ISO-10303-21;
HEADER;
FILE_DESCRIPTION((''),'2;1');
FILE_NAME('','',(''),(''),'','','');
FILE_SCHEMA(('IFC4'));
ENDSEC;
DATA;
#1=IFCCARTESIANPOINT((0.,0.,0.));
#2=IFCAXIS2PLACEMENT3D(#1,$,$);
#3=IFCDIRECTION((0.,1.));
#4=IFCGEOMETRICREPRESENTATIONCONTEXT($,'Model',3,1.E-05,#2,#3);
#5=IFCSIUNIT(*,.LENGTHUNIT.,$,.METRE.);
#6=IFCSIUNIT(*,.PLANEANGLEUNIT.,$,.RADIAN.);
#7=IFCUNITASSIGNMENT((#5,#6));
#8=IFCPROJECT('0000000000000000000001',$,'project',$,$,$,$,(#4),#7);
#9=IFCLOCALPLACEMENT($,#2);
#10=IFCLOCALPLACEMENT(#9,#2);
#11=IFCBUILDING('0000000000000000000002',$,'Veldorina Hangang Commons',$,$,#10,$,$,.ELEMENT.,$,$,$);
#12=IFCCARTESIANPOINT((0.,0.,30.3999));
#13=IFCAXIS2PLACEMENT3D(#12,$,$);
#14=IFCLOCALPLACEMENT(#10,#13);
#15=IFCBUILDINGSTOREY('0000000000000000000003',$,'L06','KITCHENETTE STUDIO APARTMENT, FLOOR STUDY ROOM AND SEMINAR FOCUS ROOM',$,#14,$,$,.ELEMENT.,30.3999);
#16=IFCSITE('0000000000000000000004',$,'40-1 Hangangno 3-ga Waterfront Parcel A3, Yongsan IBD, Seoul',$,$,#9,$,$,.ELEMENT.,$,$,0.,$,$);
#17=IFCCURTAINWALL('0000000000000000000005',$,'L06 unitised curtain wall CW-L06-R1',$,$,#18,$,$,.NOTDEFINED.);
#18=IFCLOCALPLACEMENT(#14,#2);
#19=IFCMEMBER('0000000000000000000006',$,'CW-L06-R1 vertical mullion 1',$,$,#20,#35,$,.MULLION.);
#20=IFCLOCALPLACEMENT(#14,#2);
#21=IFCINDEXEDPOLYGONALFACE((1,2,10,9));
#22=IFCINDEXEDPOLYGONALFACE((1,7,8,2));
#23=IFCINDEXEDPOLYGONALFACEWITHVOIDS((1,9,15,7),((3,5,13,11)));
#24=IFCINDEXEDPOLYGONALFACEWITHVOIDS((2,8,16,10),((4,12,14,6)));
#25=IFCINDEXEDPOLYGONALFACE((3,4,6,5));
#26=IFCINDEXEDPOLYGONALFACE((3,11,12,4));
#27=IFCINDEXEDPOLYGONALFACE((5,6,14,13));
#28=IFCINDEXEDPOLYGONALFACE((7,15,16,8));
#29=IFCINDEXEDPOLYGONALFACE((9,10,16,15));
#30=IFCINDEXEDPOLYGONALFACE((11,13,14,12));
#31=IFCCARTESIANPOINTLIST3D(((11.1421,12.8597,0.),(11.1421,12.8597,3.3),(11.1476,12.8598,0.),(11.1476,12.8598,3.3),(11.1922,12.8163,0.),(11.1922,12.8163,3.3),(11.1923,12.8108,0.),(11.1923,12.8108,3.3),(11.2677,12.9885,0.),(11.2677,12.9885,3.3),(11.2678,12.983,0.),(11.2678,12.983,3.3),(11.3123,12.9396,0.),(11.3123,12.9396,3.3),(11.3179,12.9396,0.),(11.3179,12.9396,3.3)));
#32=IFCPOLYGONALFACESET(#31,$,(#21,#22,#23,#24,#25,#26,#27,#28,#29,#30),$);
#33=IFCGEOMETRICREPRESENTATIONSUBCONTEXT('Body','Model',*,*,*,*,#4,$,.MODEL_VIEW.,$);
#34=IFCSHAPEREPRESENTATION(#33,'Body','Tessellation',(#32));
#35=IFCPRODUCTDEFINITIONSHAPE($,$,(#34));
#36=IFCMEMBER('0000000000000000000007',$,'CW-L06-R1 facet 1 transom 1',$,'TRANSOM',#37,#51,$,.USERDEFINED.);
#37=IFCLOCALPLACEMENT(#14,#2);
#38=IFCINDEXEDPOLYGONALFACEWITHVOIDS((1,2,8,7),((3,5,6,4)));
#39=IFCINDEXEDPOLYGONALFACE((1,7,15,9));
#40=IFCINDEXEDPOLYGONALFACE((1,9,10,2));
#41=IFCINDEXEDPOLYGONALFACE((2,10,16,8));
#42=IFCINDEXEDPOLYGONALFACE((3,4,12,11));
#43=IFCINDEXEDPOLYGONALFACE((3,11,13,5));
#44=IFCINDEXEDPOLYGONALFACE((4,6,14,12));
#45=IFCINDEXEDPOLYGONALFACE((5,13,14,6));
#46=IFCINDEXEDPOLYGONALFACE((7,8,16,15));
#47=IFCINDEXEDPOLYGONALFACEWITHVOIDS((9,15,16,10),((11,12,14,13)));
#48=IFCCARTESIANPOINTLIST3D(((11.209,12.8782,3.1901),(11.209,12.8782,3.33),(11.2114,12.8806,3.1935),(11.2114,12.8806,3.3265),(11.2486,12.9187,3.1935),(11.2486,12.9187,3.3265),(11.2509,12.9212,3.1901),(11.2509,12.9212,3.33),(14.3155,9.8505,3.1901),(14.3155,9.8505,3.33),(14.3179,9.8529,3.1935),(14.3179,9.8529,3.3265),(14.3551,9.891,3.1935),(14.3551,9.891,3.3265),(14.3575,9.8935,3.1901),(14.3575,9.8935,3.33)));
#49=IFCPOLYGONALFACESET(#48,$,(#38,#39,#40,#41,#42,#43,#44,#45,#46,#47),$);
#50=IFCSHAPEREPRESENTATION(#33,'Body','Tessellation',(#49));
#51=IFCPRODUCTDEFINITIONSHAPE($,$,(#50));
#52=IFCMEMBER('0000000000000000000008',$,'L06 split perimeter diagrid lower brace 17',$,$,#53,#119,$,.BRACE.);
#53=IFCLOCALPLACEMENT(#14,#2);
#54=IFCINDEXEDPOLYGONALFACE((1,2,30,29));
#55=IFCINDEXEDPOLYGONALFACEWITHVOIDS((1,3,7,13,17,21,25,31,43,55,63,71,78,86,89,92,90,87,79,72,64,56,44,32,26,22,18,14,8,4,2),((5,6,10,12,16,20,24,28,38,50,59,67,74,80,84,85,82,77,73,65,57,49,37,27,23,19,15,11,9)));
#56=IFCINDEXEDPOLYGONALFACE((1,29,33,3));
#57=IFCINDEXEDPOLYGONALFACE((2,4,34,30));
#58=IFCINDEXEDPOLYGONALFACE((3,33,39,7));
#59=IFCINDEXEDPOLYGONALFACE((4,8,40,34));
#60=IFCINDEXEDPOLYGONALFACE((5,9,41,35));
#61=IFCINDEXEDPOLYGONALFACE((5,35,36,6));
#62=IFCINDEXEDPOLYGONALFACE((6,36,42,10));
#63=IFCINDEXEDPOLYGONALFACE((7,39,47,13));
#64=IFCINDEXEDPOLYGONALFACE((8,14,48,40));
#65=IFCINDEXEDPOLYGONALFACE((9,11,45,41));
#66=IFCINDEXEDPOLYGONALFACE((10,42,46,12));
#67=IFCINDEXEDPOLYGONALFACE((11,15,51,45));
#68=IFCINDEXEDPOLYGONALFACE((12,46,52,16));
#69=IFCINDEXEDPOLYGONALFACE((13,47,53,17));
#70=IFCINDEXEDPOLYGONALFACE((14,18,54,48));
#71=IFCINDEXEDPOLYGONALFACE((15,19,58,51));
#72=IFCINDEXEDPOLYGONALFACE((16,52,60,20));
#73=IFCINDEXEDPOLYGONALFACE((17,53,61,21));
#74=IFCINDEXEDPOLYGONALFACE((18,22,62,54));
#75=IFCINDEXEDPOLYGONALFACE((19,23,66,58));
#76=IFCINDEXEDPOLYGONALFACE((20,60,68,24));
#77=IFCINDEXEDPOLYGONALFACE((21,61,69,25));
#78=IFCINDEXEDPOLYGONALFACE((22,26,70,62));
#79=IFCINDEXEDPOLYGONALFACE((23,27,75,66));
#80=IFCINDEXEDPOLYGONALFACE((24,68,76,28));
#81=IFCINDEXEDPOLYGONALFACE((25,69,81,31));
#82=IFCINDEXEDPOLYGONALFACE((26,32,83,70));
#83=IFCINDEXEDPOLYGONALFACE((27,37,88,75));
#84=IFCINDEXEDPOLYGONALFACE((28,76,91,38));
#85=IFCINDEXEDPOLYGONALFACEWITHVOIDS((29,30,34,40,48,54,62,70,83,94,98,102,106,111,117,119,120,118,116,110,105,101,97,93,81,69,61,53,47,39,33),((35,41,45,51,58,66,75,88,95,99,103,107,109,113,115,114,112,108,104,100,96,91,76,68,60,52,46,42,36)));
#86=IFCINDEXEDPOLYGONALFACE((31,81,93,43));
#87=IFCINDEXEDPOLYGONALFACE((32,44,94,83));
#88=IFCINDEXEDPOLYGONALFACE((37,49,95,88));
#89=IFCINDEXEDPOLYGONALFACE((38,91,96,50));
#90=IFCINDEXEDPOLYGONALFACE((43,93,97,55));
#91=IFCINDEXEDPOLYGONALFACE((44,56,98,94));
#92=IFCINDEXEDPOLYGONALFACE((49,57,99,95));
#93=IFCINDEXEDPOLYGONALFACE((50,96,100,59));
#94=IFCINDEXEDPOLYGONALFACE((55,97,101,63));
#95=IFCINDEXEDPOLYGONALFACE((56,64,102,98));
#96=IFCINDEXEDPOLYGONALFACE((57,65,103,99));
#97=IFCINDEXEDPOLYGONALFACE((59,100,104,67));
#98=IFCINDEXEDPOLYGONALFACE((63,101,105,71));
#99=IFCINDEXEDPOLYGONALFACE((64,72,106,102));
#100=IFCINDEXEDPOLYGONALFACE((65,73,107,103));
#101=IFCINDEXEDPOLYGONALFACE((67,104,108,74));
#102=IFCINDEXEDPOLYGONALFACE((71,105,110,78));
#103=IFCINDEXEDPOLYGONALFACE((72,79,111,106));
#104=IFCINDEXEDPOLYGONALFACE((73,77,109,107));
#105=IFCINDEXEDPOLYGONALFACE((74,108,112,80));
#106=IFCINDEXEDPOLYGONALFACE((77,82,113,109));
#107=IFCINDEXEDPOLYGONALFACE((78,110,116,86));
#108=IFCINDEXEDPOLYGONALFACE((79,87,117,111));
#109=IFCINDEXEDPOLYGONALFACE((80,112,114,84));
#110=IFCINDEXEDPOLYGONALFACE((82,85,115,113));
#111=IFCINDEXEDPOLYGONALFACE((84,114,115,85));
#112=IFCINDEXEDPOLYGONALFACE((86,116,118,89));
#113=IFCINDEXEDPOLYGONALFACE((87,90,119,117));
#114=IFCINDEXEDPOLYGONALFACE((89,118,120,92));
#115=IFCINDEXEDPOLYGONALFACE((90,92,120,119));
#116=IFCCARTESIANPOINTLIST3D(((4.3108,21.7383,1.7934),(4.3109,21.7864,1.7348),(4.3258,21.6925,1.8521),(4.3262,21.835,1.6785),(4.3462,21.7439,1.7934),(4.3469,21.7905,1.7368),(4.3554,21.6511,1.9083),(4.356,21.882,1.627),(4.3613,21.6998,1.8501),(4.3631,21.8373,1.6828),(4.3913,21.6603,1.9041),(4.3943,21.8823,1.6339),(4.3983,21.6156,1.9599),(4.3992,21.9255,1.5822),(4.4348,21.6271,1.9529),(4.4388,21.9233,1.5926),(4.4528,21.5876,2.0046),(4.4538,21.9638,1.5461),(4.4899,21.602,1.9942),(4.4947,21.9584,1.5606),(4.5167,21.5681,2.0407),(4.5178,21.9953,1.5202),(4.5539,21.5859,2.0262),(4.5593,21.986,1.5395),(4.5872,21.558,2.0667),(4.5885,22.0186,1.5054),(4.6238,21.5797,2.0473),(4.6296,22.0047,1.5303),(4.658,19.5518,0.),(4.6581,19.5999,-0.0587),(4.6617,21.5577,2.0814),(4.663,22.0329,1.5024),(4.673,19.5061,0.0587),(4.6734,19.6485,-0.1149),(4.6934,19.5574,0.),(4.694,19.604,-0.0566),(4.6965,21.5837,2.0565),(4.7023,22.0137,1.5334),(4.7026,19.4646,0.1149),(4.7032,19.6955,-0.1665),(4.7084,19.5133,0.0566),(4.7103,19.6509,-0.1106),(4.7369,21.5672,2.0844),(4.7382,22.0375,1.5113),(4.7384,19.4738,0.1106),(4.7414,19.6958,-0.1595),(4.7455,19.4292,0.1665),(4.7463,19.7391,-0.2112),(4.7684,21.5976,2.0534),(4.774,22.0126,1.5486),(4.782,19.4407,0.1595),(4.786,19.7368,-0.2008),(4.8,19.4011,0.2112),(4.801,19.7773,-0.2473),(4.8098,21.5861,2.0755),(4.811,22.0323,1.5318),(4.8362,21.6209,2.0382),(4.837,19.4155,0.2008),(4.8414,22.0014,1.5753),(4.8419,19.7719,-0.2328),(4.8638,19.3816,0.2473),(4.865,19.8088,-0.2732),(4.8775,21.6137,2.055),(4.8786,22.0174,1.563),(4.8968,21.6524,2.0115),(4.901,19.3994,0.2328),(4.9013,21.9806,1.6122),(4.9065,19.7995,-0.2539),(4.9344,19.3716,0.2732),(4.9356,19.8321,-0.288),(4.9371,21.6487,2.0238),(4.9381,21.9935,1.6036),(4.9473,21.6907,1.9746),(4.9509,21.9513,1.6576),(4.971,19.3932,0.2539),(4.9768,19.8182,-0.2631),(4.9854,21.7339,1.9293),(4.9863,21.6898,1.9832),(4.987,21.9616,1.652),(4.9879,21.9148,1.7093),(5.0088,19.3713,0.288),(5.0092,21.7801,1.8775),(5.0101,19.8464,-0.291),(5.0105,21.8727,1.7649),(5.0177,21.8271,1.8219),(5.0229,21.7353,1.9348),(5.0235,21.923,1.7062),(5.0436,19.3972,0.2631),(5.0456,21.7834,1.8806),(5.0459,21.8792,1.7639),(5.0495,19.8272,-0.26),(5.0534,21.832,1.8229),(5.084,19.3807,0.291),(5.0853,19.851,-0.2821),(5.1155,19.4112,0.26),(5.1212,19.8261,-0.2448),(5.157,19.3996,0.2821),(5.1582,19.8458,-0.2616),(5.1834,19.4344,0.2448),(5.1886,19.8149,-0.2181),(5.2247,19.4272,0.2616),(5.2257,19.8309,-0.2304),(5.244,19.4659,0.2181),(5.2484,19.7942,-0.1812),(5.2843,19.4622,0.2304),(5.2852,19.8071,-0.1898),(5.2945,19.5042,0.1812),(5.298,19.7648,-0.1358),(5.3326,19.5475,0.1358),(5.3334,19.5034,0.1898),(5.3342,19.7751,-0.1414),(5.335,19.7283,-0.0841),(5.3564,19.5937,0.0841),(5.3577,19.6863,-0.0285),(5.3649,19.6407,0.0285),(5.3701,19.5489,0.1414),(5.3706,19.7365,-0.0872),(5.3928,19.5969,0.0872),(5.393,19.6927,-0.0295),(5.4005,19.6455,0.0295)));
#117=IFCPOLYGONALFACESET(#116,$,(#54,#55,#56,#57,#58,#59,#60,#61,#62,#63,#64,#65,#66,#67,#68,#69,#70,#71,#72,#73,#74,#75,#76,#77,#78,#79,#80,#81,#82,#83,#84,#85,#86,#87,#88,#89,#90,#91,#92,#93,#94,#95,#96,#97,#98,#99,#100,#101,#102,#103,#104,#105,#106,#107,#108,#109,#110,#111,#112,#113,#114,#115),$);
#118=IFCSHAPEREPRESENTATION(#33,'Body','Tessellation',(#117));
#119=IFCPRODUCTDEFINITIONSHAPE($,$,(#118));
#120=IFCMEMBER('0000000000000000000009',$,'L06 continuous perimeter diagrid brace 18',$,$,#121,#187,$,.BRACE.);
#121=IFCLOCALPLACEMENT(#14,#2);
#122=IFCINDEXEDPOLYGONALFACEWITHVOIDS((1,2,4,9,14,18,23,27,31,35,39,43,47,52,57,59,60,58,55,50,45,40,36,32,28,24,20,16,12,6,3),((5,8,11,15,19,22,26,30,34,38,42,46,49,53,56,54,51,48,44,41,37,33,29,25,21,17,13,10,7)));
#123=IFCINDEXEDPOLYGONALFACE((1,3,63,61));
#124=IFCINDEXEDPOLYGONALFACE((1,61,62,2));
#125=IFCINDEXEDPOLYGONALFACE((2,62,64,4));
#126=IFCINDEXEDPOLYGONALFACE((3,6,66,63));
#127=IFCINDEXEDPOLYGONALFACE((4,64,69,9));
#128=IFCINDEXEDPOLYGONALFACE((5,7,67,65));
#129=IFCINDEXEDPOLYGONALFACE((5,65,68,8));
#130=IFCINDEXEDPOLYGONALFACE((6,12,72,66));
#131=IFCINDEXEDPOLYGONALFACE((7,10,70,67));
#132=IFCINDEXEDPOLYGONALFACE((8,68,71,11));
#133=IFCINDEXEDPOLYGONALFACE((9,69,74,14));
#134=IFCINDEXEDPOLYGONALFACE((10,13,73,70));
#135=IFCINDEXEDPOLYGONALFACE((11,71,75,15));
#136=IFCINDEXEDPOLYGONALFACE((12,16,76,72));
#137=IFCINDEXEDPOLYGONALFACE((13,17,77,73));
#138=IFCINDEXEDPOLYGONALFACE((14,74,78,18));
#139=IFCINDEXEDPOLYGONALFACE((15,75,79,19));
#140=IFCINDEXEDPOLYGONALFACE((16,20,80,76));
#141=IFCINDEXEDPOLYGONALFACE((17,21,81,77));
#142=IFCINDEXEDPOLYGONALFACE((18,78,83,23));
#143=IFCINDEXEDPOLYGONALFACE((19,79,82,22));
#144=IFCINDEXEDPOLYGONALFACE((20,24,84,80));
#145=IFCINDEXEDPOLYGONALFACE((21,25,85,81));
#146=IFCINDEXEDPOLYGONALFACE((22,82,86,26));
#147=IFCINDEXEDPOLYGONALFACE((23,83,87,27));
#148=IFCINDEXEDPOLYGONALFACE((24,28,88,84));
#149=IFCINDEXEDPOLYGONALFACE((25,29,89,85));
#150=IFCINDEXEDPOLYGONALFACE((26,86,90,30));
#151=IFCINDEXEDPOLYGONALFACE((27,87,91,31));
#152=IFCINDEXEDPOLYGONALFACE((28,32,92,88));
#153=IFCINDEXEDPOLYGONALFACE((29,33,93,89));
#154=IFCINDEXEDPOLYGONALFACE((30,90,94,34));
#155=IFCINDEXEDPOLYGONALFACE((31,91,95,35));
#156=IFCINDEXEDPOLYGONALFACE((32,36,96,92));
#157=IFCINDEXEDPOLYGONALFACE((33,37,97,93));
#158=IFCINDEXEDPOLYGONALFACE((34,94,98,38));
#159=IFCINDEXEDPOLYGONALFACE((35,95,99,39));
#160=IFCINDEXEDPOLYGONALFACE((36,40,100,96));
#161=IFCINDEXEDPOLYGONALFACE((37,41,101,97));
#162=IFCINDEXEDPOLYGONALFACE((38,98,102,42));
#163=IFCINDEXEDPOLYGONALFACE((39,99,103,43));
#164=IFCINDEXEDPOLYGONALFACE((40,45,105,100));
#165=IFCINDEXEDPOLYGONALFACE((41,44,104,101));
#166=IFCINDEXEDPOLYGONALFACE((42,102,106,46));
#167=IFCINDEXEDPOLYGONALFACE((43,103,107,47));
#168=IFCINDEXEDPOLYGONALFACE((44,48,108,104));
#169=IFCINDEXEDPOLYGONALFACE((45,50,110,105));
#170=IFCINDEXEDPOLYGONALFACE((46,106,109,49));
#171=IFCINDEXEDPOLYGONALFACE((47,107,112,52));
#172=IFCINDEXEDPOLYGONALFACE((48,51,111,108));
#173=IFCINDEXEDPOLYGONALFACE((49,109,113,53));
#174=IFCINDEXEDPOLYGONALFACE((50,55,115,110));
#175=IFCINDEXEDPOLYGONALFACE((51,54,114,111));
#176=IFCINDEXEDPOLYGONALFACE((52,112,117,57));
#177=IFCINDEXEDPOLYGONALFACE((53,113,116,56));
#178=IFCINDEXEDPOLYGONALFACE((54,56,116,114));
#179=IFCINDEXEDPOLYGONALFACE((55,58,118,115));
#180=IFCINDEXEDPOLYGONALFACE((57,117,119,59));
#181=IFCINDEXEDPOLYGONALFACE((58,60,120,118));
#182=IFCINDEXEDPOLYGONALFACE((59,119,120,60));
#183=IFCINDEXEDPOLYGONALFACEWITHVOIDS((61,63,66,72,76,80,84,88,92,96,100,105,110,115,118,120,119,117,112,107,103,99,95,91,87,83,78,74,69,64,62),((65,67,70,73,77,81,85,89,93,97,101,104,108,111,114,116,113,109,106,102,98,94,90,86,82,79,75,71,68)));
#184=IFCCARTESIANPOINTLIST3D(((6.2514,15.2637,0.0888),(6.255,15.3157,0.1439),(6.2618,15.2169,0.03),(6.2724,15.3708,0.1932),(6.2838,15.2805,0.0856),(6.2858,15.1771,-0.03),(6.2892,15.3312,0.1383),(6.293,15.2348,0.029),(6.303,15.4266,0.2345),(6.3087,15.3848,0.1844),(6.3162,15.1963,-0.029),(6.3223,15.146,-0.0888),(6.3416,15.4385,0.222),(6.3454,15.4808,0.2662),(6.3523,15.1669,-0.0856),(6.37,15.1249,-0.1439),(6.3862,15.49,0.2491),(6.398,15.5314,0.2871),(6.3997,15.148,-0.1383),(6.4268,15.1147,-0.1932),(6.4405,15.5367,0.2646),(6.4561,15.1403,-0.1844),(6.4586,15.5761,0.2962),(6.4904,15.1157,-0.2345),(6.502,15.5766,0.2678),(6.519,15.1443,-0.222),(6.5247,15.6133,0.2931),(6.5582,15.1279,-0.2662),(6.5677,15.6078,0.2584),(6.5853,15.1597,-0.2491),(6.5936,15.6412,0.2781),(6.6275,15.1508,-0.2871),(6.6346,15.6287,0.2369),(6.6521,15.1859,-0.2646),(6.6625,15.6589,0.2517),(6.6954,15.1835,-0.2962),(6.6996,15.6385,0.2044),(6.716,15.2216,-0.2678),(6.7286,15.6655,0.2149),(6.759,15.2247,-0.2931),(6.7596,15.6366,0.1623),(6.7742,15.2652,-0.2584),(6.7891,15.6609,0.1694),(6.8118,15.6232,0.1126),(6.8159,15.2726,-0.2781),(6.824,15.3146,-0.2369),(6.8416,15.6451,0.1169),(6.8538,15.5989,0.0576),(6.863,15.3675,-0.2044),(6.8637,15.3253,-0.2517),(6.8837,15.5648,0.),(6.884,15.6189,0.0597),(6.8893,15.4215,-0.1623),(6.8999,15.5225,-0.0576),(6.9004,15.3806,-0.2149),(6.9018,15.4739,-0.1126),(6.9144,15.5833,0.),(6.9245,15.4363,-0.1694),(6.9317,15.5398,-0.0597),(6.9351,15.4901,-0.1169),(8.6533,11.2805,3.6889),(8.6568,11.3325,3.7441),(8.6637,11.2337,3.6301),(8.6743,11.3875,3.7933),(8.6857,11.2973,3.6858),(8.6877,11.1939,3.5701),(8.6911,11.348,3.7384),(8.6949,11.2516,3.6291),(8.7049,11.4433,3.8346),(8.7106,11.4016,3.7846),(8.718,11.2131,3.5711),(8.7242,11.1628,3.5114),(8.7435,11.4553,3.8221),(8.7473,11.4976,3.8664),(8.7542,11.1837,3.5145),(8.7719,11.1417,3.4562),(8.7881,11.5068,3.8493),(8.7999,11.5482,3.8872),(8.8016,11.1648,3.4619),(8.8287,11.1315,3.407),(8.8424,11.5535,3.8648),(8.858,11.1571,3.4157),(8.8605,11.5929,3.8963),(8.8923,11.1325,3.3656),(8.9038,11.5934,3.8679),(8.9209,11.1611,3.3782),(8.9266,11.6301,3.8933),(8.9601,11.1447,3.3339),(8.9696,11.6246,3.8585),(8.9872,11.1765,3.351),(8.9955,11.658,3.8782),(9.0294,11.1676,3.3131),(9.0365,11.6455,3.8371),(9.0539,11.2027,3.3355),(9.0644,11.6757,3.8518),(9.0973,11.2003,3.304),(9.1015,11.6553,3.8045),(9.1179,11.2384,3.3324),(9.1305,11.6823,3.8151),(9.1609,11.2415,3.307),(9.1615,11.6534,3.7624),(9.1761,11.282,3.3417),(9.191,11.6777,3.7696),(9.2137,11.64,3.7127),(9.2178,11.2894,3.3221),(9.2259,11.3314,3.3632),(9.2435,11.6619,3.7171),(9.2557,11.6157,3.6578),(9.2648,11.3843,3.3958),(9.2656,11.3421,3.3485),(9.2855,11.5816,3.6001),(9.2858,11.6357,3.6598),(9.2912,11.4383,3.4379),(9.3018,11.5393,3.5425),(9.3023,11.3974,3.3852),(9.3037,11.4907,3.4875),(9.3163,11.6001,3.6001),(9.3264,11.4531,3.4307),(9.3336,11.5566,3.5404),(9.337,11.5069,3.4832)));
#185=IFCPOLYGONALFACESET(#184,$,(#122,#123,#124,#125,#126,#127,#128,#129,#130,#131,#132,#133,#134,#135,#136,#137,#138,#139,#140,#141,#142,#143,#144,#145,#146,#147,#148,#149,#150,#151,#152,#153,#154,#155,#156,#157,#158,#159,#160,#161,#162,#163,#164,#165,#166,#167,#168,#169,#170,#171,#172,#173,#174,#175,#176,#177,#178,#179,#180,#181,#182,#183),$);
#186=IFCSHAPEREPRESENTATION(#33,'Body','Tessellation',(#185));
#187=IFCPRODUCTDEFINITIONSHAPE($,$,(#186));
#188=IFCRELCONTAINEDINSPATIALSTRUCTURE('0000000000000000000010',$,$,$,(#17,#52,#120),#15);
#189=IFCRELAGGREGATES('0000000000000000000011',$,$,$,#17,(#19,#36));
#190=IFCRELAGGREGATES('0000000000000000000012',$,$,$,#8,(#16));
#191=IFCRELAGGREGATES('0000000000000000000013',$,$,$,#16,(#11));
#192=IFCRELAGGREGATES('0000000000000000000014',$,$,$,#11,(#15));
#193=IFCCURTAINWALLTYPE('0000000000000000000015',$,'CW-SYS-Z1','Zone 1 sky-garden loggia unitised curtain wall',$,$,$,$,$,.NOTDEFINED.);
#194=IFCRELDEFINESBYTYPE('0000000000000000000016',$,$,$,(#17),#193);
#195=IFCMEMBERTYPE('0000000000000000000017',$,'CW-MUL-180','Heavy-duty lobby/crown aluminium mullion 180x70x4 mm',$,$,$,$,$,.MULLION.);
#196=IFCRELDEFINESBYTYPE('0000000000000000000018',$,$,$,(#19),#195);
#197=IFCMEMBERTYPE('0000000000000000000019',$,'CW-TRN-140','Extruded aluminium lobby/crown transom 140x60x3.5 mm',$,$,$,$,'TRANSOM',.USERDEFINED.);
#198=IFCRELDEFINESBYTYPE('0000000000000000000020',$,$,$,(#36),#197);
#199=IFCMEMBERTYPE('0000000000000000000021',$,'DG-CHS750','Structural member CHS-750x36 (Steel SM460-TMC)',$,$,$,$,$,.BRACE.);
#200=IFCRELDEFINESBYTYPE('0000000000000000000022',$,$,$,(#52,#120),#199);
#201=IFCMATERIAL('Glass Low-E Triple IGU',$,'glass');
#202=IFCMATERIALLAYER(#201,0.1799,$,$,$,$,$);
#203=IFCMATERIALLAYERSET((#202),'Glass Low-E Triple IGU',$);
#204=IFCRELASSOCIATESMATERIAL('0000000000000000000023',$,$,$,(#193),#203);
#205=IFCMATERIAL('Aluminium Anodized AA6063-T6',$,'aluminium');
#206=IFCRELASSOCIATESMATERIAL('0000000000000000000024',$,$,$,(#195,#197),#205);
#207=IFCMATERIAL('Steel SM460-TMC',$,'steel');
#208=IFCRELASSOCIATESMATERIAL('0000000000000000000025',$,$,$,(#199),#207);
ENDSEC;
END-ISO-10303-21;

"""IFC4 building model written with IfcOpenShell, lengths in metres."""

from ifc_helpers import new_model, si_unit, direction, frame, origin, origin_2d, place, context, subcontext, project, spatial, hollow_rectangle, hollow_circle, extrude, material, layer, layer_set, material_profile, profile_set, type_object, element, aggregate, save


model = new_model("IFC4")

# Units and contexts
model_context = context("Model", 3, precision=1e-05, world=origin(), true_north=direction((0.0, 1.0)))
body_context = subcontext(model_context, "Body", "Model", "MODEL_VIEW")
ifc_project = project(units=[si_unit("LENGTHUNIT", "METRE"), si_unit("PLANEANGLEUNIT", "RADIAN")], contexts=[model_context])

# Site, building, storey
site_placement = place(None, origin())
site = spatial("IfcSite", under=ifc_project, at=site_placement, Name="40-1 Hangangno 3-ga Waterfront Parcel A3, Yongsan IBD, Seoul", CompositionType="ELEMENT", RefElevation=0.0)
building_placement = place(site_placement, origin())
building = spatial("IfcBuilding", under=site, at=building_placement, Name="Veldorina Hangang Commons", CompositionType="ELEMENT")
storey_placement = place(building_placement, frame((0.0, 0.0, 30.3999)))
storey = spatial("IfcBuildingStorey", under=building, at=storey_placement, Name="L06", Description="KITCHENETTE STUDIO APARTMENT, FLOOR STUDY ROOM AND SEMINAR FOCUS ROOM", CompositionType="ELEMENT", Elevation=30.3999)

# Shared definitions
ifc_material_1 = material(Name="Steel SM460-TMC", Category="steel")

# Curtain wall, members
ifc_material_2 = material(Name="Glass Low-E Triple IGU", Category="glass")
ifc_layer_1 = layer(ifc_material_2, 0.1799)
ifc_layer_set_1 = layer_set([ifc_layer_1], Name="Glass Low-E Triple IGU")
curtain_wall_type = type_object("IfcCurtainWallType", Name="CW-SYS-Z1", Description="Zone 1 sky-garden loggia unitised curtain wall", PredefinedType="NOTDEFINED", material=ifc_layer_set_1)
curtain_wall_placement = place(storey_placement, origin())
curtain_wall = element("IfcCurtainWall", 1, at=curtain_wall_placement, inside=storey, type_object=curtain_wall_type, Name="L06 unitised curtain wall CW-L06-R1", PredefinedType="NOTDEFINED")
ifc_material_3 = material(Name="Aluminium Anodized AA6063-T6", Category="aluminium")
ifc_material_profile_1 = material_profile(ifc_material_3, hollow_rectangle(XDim=0.0701, YDim=0.1799, WallThickness=0.0039, at=origin_2d()), Name="ALU-RHS-180x70x4")
ifc_profile_set_1 = profile_set([ifc_material_profile_1], Name="Aluminium Anodized AA6063-T6")
member_type_1 = type_object("IfcMemberType", Name="CW-MUL-180", Description="Heavy-duty lobby/crown aluminium mullion 180x70x4 mm", PredefinedType="MULLION", material=ifc_profile_set_1)
member_1_placement = place(storey_placement, frame((11.23, 12.8997, 0.0), z_axis=(0.0, 0.0, 1.0), x_axis=(0.716144, -0.697953, 0.0)))
member_1 = element("IfcMember", 2, at=member_1_placement, type_object=member_type_1, Name="CW-L06-R1 vertical mullion 1", PredefinedType="MULLION", context=body_context, shape_type="SweptSolid", body=[
    extrude(hollow_rectangle(XDim=0.0701, YDim=0.1799, WallThickness=0.0039, at=origin_2d()), origin(), (0.0, 0.0, 1.0), 3.3),
])
ifc_material_profile_2 = material_profile(ifc_material_3, hollow_rectangle(XDim=0.0601, YDim=0.1399, WallThickness=0.0034, at=origin_2d()), Name="ALU-RHS-140x60x3.5")
ifc_profile_set_2 = profile_set([ifc_material_profile_2], Name="Aluminium Anodized AA6063-T6")
member_type_2 = type_object("IfcMemberType", Name="CW-TRN-140", Description="Extruded aluminium lobby/crown transom 140x60x3.5 mm", ElementType="TRANSOM", PredefinedType="USERDEFINED", material=ifc_profile_set_2)
member_2_placement = place(storey_placement, frame((11.23, 12.8997, 3.26), z_axis=(0.716138, -0.697959, 0.0), x_axis=(0.697959, 0.716138, 0.0)))
member_2 = element("IfcMember", 3, at=member_2_placement, type_object=member_type_2, Name="CW-L06-R1 facet 1 transom 1", ObjectType="TRANSOM", PredefinedType="USERDEFINED", context=body_context, shape_type="SweptSolid", body=[
    extrude(hollow_rectangle(XDim=0.0601, YDim=0.1399, WallThickness=0.0034, at=origin_2d()), origin(), (0.0, 0.0, 1.0), 4.3379),
])
aggregate(curtain_wall, [member_1, member_2])

# Members
ifc_material_profile_3 = material_profile(ifc_material_1, hollow_circle(Radius=0.375, WallThickness=0.0359, at=origin_2d()), Name="CHS-750x36")
ifc_profile_set_3 = profile_set([ifc_material_profile_3], Name="Steel SM460-TMC")
member_type_3 = type_object("IfcMemberType", Name="DG-CHS750", Description="Structural member CHS-750x36 (Steel SM460-TMC)", PredefinedType="BRACE", material=ifc_profile_set_3)
member_3_placement = place(storey_placement, frame((5.0283, 19.6106, 0.0), z_axis=(-0.121848, 0.767419, 0.629461), x_axis=(-0.987628, -0.156812, 0.0)))
element("IfcMember", 4, at=member_3_placement, inside=storey, type_object=member_type_3, Name="L06 split perimeter diagrid lower brace 17", PredefinedType="BRACE", context=body_context, shape_type="SweptSolid", body=[
    extrude(hollow_circle(Radius=0.375, WallThickness=0.0359, at=origin_2d()), origin(), (0.0, 0.0, 1.0), 2.8491),
])
member_4_placement = place(storey_placement, frame((6.5933, 15.3896, 0.0), z_axis=(0.408356, -0.677204, 0.612078), x_axis=(0.856356, 0.516386, 0.0)))
element("IfcMember", 5, at=member_4_placement, inside=storey, type_object=member_type_3, Name="L06 continuous perimeter diagrid brace 18", PredefinedType="BRACE", context=body_context, shape_type="SweptSolid", body=[
    extrude(hollow_circle(Radius=0.375, WallThickness=0.0359, at=origin_2d()), origin(), (0.0, 0.0, 1.0), 5.8818),
])

save(model, "model.ifc")
